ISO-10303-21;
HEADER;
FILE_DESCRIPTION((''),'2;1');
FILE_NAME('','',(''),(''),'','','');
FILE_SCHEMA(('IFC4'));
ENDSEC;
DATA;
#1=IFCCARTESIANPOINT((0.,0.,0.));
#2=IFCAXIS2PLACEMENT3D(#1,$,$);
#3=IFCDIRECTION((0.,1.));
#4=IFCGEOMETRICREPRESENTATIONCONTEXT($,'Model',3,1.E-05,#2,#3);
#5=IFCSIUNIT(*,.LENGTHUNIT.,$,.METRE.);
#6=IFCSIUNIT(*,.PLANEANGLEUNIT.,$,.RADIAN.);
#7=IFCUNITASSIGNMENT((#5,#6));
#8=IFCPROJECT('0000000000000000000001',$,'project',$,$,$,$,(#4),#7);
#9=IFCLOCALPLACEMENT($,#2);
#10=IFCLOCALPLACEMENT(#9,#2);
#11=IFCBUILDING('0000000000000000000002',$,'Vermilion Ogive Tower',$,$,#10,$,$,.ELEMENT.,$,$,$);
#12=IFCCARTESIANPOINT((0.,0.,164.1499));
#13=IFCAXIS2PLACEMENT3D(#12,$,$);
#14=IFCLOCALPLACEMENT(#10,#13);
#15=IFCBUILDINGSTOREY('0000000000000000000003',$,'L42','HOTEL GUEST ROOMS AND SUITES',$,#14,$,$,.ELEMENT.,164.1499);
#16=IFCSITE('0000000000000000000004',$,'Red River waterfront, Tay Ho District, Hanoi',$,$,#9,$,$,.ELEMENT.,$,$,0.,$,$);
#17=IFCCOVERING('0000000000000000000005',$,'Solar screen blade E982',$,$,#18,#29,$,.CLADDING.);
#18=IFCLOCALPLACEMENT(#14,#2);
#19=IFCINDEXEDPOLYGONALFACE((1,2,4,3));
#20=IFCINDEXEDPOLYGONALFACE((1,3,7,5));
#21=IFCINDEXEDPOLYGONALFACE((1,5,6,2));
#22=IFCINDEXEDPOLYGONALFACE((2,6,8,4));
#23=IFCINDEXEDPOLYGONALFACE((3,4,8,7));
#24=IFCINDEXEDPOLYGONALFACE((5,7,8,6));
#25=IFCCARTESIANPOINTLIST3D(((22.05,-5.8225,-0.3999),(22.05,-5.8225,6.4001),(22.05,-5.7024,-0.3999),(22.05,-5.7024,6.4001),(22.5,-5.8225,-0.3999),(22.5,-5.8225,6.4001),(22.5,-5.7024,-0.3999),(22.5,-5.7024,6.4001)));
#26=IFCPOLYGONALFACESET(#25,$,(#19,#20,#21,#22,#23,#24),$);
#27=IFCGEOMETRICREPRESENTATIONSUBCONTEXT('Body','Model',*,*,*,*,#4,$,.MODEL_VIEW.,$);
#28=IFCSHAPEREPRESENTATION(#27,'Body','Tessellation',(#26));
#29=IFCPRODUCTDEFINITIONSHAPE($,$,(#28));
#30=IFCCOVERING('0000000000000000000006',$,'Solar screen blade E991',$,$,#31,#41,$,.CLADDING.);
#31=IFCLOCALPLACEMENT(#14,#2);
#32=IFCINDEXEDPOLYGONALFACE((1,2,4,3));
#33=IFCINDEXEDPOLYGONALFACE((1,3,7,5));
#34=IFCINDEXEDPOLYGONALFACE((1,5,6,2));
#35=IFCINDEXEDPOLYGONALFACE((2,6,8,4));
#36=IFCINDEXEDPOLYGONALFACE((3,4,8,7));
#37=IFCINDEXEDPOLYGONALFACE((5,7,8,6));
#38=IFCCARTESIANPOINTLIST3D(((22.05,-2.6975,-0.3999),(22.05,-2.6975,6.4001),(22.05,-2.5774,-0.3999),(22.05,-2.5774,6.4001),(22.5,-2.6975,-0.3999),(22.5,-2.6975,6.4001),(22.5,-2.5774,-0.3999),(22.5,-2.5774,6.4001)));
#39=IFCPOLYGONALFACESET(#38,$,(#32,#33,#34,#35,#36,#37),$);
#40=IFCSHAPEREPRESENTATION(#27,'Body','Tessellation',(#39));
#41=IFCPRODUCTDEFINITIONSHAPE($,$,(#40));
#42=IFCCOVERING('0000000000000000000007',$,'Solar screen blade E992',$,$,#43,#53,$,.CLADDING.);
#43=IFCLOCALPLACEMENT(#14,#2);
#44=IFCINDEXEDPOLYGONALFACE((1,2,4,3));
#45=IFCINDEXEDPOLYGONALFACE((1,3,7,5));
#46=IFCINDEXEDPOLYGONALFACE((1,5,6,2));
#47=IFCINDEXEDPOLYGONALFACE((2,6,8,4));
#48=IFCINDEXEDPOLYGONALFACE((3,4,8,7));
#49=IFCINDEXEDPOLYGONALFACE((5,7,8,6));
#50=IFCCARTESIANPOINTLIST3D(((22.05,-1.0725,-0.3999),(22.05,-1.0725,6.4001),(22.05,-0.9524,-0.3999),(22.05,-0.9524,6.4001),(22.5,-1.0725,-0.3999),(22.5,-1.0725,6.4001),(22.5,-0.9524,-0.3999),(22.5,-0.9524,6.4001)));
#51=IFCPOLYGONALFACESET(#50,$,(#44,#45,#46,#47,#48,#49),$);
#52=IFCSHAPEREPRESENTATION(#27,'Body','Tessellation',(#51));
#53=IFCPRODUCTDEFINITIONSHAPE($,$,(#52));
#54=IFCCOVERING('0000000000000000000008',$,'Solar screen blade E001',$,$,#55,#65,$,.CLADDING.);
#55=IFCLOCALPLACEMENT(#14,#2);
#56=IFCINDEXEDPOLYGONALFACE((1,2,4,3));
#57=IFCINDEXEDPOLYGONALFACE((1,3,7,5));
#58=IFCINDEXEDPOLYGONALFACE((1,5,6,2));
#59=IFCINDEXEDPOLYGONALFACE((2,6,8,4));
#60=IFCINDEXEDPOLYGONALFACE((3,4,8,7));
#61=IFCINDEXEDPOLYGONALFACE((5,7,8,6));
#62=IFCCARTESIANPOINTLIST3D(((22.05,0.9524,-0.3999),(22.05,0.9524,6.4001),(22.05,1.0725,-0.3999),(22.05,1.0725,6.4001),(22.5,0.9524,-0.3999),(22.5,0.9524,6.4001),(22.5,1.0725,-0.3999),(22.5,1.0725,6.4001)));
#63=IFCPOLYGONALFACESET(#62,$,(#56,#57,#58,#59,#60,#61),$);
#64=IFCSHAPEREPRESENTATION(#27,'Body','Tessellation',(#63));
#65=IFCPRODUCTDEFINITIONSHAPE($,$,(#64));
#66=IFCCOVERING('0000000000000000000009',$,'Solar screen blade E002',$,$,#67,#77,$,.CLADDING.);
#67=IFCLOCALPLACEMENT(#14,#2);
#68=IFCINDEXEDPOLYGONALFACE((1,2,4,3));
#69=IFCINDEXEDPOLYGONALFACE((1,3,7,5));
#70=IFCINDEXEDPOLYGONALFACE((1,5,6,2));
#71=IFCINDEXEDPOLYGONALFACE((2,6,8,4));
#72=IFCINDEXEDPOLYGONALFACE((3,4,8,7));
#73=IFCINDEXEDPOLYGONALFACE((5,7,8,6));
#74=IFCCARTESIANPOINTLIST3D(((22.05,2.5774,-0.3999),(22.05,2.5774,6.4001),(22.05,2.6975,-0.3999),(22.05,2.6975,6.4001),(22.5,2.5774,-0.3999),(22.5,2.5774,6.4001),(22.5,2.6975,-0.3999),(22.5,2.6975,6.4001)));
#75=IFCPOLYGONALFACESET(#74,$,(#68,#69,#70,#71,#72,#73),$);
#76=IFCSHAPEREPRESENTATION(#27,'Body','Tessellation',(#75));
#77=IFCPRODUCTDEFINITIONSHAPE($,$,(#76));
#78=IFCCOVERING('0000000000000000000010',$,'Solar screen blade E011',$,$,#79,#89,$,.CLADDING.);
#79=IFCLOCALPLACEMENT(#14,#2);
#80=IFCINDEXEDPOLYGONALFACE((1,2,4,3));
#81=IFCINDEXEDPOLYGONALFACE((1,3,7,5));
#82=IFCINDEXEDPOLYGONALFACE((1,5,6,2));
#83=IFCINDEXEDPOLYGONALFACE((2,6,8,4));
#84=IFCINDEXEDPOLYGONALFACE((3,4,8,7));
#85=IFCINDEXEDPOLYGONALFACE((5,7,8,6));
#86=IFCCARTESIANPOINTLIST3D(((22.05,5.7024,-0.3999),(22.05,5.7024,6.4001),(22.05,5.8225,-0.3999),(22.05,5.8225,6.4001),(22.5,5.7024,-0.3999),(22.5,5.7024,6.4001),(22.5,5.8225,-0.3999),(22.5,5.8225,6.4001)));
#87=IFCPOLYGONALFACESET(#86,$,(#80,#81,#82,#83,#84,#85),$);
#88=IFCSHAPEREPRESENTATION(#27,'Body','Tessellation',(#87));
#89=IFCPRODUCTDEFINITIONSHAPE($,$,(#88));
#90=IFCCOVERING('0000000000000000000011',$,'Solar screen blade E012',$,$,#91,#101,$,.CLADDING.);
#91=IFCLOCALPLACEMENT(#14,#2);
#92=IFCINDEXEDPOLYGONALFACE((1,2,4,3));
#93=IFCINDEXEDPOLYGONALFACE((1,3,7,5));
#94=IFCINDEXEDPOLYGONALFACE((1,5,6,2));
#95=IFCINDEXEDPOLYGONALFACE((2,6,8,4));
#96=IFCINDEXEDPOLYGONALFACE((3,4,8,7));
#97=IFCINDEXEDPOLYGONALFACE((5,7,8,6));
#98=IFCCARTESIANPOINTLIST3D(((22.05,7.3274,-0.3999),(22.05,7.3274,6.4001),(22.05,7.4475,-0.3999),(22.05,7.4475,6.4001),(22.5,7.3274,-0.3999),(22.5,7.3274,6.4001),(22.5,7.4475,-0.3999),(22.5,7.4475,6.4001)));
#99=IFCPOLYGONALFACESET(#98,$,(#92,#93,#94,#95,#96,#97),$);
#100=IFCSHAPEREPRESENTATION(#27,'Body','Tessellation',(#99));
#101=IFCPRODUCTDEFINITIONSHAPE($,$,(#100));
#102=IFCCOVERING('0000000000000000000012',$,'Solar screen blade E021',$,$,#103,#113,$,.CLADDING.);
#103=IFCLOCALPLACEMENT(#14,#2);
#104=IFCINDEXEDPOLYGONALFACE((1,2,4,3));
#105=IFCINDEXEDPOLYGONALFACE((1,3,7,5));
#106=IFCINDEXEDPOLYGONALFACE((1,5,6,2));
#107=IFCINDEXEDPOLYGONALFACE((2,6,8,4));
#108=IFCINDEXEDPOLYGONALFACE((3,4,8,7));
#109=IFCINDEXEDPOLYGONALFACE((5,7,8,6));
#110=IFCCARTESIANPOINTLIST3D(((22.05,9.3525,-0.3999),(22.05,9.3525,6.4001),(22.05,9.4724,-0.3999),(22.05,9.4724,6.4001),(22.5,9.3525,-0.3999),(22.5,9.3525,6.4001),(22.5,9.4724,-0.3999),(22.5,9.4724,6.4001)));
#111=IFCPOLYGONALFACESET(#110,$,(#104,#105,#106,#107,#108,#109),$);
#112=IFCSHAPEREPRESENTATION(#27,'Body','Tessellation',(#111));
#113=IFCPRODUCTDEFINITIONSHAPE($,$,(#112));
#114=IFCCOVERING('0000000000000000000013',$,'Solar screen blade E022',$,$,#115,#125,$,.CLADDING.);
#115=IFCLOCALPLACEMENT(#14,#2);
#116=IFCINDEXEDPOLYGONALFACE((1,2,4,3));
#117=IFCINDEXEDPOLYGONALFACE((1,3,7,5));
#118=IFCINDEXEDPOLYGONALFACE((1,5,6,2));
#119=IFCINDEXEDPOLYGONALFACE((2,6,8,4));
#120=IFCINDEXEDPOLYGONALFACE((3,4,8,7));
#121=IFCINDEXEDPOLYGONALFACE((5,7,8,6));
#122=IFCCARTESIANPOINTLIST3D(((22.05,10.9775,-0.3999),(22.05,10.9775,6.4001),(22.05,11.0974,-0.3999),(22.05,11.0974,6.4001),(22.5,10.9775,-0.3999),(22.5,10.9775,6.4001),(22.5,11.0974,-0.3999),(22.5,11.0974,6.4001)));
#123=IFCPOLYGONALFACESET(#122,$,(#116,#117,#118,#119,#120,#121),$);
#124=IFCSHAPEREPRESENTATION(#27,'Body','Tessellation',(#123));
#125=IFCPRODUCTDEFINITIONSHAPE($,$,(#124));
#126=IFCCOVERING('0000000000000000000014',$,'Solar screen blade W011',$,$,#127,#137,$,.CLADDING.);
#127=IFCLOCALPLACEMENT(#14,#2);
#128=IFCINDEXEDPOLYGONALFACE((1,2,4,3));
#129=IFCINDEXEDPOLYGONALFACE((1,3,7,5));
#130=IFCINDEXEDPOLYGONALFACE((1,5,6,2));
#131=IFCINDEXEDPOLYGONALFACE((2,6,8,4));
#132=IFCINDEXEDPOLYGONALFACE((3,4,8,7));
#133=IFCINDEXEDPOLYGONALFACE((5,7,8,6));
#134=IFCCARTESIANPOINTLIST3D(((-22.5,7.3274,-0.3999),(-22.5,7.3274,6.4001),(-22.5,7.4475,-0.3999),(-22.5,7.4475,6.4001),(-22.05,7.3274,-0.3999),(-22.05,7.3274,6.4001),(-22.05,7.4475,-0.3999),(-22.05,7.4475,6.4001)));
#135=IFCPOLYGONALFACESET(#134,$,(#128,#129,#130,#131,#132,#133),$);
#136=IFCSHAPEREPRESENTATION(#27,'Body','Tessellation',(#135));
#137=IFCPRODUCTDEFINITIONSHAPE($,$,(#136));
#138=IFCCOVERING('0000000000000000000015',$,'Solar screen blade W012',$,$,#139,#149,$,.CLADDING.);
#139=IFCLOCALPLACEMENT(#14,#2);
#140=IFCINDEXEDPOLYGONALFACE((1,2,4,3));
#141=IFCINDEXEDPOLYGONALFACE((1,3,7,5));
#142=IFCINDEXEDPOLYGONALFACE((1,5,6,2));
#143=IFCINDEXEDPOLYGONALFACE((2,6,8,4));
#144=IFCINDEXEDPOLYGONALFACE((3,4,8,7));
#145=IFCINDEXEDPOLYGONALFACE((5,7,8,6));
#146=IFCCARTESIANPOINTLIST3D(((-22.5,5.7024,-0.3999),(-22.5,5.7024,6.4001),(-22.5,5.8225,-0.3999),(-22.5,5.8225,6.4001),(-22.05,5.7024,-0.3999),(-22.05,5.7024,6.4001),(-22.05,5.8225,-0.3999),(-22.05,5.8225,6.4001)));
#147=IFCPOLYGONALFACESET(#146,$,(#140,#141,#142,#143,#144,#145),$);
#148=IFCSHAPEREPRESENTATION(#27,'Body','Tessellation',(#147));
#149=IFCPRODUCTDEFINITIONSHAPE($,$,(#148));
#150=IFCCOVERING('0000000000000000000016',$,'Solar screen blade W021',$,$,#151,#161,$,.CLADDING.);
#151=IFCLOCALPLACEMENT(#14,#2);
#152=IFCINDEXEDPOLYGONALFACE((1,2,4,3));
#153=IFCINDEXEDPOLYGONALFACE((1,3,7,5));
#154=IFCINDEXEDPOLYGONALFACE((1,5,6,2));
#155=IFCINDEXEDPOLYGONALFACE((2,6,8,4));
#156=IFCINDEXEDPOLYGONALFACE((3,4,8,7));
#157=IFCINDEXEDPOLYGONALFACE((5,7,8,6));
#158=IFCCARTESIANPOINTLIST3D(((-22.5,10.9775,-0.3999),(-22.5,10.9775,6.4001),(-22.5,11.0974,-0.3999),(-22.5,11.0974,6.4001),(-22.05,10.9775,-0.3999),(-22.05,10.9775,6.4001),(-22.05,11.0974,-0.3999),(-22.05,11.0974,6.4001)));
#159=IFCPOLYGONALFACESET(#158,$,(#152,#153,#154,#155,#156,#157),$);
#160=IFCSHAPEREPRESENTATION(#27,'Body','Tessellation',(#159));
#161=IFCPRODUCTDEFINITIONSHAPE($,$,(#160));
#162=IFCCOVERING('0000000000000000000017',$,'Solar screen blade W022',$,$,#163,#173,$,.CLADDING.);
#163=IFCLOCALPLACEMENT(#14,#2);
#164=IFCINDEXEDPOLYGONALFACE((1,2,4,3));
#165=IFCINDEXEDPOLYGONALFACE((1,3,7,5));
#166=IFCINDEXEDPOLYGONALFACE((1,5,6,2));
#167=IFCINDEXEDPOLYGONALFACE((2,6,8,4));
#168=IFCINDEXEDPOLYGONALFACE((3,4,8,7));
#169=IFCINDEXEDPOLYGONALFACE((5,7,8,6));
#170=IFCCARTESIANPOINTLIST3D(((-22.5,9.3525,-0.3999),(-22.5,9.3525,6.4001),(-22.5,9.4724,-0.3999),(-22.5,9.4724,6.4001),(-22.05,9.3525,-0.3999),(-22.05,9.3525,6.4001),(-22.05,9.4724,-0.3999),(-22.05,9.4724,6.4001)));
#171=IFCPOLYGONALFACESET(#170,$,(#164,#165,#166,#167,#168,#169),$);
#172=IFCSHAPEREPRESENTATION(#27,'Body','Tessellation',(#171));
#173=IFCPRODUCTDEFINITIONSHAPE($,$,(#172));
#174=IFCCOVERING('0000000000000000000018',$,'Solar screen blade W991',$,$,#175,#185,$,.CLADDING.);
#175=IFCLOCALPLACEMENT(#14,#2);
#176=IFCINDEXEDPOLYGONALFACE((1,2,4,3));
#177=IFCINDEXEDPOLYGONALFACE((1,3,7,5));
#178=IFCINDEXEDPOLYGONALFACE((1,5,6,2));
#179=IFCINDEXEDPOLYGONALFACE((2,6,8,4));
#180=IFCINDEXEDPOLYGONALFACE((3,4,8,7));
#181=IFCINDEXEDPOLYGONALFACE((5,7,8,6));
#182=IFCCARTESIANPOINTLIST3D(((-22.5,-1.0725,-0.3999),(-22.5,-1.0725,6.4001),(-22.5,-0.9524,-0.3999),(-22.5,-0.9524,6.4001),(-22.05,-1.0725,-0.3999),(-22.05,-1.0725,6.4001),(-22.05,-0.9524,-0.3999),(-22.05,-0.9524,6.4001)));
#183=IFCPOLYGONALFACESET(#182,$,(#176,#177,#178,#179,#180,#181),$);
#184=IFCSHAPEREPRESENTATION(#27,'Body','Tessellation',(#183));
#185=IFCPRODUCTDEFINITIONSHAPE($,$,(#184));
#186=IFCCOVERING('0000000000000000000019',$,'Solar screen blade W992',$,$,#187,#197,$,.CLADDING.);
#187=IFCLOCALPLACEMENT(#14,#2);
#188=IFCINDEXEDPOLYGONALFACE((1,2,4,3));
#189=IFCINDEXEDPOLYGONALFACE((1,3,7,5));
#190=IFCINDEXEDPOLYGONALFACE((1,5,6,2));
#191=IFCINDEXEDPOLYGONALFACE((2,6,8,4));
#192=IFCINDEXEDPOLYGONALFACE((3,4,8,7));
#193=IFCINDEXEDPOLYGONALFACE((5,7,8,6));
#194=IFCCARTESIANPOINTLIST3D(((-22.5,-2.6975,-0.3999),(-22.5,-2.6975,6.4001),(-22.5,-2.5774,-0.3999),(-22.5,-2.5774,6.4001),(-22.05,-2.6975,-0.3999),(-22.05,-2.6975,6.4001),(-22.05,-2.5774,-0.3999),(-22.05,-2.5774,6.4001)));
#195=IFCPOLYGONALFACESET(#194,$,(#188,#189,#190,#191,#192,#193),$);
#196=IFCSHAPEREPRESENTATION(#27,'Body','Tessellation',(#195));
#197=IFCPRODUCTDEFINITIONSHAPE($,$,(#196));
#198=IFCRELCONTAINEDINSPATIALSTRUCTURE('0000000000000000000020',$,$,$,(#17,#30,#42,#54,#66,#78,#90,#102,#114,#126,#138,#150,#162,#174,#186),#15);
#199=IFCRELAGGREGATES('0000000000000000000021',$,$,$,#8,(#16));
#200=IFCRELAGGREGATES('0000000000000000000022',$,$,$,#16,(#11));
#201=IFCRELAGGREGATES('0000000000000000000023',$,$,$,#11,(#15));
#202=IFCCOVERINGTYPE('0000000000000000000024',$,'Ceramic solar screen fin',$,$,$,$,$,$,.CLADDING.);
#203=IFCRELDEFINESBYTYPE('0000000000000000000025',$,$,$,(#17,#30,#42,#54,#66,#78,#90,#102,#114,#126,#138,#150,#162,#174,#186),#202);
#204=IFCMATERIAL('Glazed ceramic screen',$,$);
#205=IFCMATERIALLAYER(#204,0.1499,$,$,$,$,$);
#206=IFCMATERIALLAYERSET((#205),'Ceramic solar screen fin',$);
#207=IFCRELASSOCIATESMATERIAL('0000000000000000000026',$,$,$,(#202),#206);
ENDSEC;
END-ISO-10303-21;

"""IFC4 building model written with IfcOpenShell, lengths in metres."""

from ifc_helpers import new_model, si_unit, direction, frame, origin, place, context, subcontext, project, spatial, polyline, outline, extrude, material, layer, layer_set, type_object, element, save


model = new_model("IFC4")

# Units and contexts
model_context = context("Model", 3, precision=1e-05, world=origin(), true_north=direction((0.0, 1.0)))
body_context = subcontext(model_context, "Body", "Model", "MODEL_VIEW")
ifc_project = project(units=[si_unit("LENGTHUNIT", "METRE"), si_unit("PLANEANGLEUNIT", "RADIAN")], contexts=[model_context])

# Site, building, storey
site_placement = place(None, origin())
site = spatial("IfcSite", under=ifc_project, at=site_placement, Name="Red River waterfront, Tay Ho District, Hanoi", CompositionType="ELEMENT", RefElevation=0.0)
building_placement = place(site_placement, origin())
building = spatial("IfcBuilding", under=site, at=building_placement, Name="Vermilion Ogive Tower", CompositionType="ELEMENT")
storey_placement = place(building_placement, frame((0.0, 0.0, 164.1499)))
storey = spatial("IfcBuildingStorey", under=building, at=storey_placement, Name="L42", Description="HOTEL GUEST ROOMS AND SUITES", CompositionType="ELEMENT", Elevation=164.1499)

# Coverings
ifc_material_1 = material(Name="Glazed ceramic screen")
ifc_layer_1 = layer(ifc_material_1, 0.1499)
ifc_layer_set_1 = layer_set([ifc_layer_1], Name="Ceramic solar screen fin")
covering_type_1 = type_object("IfcCoveringType", Name="Ceramic solar screen fin", PredefinedType="CLADDING", material=ifc_layer_set_1)
covering_1_placement = place(storey_placement, frame((0.0, 0.0, -0.3999)))
element("IfcCovering", 1, at=covering_1_placement, inside=storey, type_object=covering_type_1, Name="Solar screen blade E982", PredefinedType="CLADDING", context=body_context, shape_type="SweptSolid", body=[
    extrude(outline(polyline([(22.5, -5.8225), (22.5, -5.7024), (22.05, -5.7024), (22.05, -5.8225), (22.5, -5.8225)])), origin(), (0.0, 0.0, 1.0), 6.8),
])
covering_2_placement = place(storey_placement, frame((0.0, 0.0, -0.3999)))
element("IfcCovering", 2, at=covering_2_placement, inside=storey, type_object=covering_type_1, Name="Solar screen blade E991", PredefinedType="CLADDING", context=body_context, shape_type="SweptSolid", body=[
    extrude(outline(polyline([(22.5, -2.6975), (22.5, -2.5774), (22.05, -2.5774), (22.05, -2.6975), (22.5, -2.6975)])), origin(), (0.0, 0.0, 1.0), 6.8),
])
covering_3_placement = place(storey_placement, frame((0.0, 0.0, -0.3999)))
element("IfcCovering", 3, at=covering_3_placement, inside=storey, type_object=covering_type_1, Name="Solar screen blade E992", PredefinedType="CLADDING", context=body_context, shape_type="SweptSolid", body=[
    extrude(outline(polyline([(22.5, -1.0725), (22.5, -0.9524), (22.05, -0.9524), (22.05, -1.0725), (22.5, -1.0725)])), origin(), (0.0, 0.0, 1.0), 6.8),
])
covering_4_placement = place(storey_placement, frame((0.0, 0.0, -0.3999)))
element("IfcCovering", 4, at=covering_4_placement, inside=storey, type_object=covering_type_1, Name="Solar screen blade E001", PredefinedType="CLADDING", context=body_context, shape_type="SweptSolid", body=[
    extrude(outline(polyline([(22.5, 0.9524), (22.5, 1.0725), (22.05, 1.0725), (22.05, 0.9524), (22.5, 0.9524)])), origin(), (0.0, 0.0, 1.0), 6.8),
])
covering_5_placement = place(storey_placement, frame((0.0, 0.0, -0.3999)))
element("IfcCovering", 5, at=covering_5_placement, inside=storey, type_object=covering_type_1, Name="Solar screen blade E002", PredefinedType="CLADDING", context=body_context, shape_type="SweptSolid", body=[
    extrude(outline(polyline([(22.5, 2.5774), (22.5, 2.6975), (22.05, 2.6975), (22.05, 2.5774), (22.5, 2.5774)])), origin(), (0.0, 0.0, 1.0), 6.8),
])
covering_6_placement = place(storey_placement, frame((0.0, 0.0, -0.3999)))
element("IfcCovering", 6, at=covering_6_placement, inside=storey, type_object=covering_type_1, Name="Solar screen blade E011", PredefinedType="CLADDING", context=body_context, shape_type="SweptSolid", body=[
    extrude(outline(polyline([(22.5, 5.7024), (22.5, 5.8225), (22.05, 5.8225), (22.05, 5.7024), (22.5, 5.7024)])), origin(), (0.0, 0.0, 1.0), 6.8),
])
covering_7_placement = place(storey_placement, frame((0.0, 0.0, -0.3999)))
element("IfcCovering", 7, at=covering_7_placement, inside=storey, type_object=covering_type_1, Name="Solar screen blade E012", PredefinedType="CLADDING", context=body_context, shape_type="SweptSolid", body=[
    extrude(outline(polyline([(22.5, 7.3274), (22.5, 7.4475), (22.05, 7.4475), (22.05, 7.3274), (22.5, 7.3274)])), origin(), (0.0, 0.0, 1.0), 6.8),
])
covering_8_placement = place(storey_placement, frame((0.0, 0.0, -0.3999)))
element("IfcCovering", 8, at=covering_8_placement, inside=storey, type_object=covering_type_1, Name="Solar screen blade E021", PredefinedType="CLADDING", context=body_context, shape_type="SweptSolid", body=[
    extrude(outline(polyline([(22.5, 9.3525), (22.5, 9.4724), (22.05, 9.4724), (22.05, 9.3525), (22.5, 9.3525)])), origin(), (0.0, 0.0, 1.0), 6.8),
])
covering_9_placement = place(storey_placement, frame((0.0, 0.0, -0.3999)))
element("IfcCovering", 9, at=covering_9_placement, inside=storey, type_object=covering_type_1, Name="Solar screen blade E022", PredefinedType="CLADDING", context=body_context, shape_type="SweptSolid", body=[
    extrude(outline(polyline([(22.5, 10.9775), (22.5, 11.0974), (22.05, 11.0974), (22.05, 10.9775), (22.5, 10.9775)])), origin(), (0.0, 0.0, 1.0), 6.8),
])
covering_10_placement = place(storey_placement, frame((0.0, 0.0, -0.3999)))
element("IfcCovering", 10, at=covering_10_placement, inside=storey, type_object=covering_type_1, Name="Solar screen blade W011", PredefinedType="CLADDING", context=body_context, shape_type="SweptSolid", body=[
    extrude(outline(polyline([(-22.5, 7.4475), (-22.5, 7.3274), (-22.05, 7.3274), (-22.05, 7.4475), (-22.5, 7.4475)])), origin(), (0.0, 0.0, 1.0), 6.8),
])
covering_11_placement = place(storey_placement, frame((0.0, 0.0, -0.3999)))
element("IfcCovering", 11, at=covering_11_placement, inside=storey, type_object=covering_type_1, Name="Solar screen blade W012", PredefinedType="CLADDING", context=body_context, shape_type="SweptSolid", body=[
    extrude(outline(polyline([(-22.5, 5.8225), (-22.5, 5.7024), (-22.05, 5.7024), (-22.05, 5.8225), (-22.5, 5.8225)])), origin(), (0.0, 0.0, 1.0), 6.8),
])
covering_12_placement = place(storey_placement, frame((0.0, 0.0, -0.3999)))
element("IfcCovering", 12, at=covering_12_placement, inside=storey, type_object=covering_type_1, Name="Solar screen blade W021", PredefinedType="CLADDING", context=body_context, shape_type="SweptSolid", body=[
    extrude(outline(polyline([(-22.5, 11.0974), (-22.5, 10.9775), (-22.05, 10.9775), (-22.05, 11.0974), (-22.5, 11.0974)])), origin(), (0.0, 0.0, 1.0), 6.8),
])
covering_13_placement = place(storey_placement, frame((0.0, 0.0, -0.3999)))
element("IfcCovering", 13, at=covering_13_placement, inside=storey, type_object=covering_type_1, Name="Solar screen blade W022", PredefinedType="CLADDING", context=body_context, shape_type="SweptSolid", body=[
    extrude(outline(polyline([(-22.5, 9.4724), (-22.5, 9.3525), (-22.05, 9.3525), (-22.05, 9.4724), (-22.5, 9.4724)])), origin(), (0.0, 0.0, 1.0), 6.8),
])
covering_14_placement = place(storey_placement, frame((0.0, 0.0, -0.3999)))
element("IfcCovering", 14, at=covering_14_placement, inside=storey, type_object=covering_type_1, Name="Solar screen blade W991", PredefinedType="CLADDING", context=body_context, shape_type="SweptSolid", body=[
    extrude(outline(polyline([(-22.5, -0.9524), (-22.5, -1.0725), (-22.05, -1.0725), (-22.05, -0.9524), (-22.5, -0.9524)])), origin(), (0.0, 0.0, 1.0), 6.8),
])
covering_15_placement = place(storey_placement, frame((0.0, 0.0, -0.3999)))
element("IfcCovering", 15, at=covering_15_placement, inside=storey, type_object=covering_type_1, Name="Solar screen blade W992", PredefinedType="CLADDING", context=body_context, shape_type="SweptSolid", body=[
    extrude(outline(polyline([(-22.5, -2.5774), (-22.5, -2.6975), (-22.05, -2.6975), (-22.05, -2.5774), (-22.5, -2.5774)])), origin(), (0.0, 0.0, 1.0), 6.8),
])

save(model, "model.ifc")
